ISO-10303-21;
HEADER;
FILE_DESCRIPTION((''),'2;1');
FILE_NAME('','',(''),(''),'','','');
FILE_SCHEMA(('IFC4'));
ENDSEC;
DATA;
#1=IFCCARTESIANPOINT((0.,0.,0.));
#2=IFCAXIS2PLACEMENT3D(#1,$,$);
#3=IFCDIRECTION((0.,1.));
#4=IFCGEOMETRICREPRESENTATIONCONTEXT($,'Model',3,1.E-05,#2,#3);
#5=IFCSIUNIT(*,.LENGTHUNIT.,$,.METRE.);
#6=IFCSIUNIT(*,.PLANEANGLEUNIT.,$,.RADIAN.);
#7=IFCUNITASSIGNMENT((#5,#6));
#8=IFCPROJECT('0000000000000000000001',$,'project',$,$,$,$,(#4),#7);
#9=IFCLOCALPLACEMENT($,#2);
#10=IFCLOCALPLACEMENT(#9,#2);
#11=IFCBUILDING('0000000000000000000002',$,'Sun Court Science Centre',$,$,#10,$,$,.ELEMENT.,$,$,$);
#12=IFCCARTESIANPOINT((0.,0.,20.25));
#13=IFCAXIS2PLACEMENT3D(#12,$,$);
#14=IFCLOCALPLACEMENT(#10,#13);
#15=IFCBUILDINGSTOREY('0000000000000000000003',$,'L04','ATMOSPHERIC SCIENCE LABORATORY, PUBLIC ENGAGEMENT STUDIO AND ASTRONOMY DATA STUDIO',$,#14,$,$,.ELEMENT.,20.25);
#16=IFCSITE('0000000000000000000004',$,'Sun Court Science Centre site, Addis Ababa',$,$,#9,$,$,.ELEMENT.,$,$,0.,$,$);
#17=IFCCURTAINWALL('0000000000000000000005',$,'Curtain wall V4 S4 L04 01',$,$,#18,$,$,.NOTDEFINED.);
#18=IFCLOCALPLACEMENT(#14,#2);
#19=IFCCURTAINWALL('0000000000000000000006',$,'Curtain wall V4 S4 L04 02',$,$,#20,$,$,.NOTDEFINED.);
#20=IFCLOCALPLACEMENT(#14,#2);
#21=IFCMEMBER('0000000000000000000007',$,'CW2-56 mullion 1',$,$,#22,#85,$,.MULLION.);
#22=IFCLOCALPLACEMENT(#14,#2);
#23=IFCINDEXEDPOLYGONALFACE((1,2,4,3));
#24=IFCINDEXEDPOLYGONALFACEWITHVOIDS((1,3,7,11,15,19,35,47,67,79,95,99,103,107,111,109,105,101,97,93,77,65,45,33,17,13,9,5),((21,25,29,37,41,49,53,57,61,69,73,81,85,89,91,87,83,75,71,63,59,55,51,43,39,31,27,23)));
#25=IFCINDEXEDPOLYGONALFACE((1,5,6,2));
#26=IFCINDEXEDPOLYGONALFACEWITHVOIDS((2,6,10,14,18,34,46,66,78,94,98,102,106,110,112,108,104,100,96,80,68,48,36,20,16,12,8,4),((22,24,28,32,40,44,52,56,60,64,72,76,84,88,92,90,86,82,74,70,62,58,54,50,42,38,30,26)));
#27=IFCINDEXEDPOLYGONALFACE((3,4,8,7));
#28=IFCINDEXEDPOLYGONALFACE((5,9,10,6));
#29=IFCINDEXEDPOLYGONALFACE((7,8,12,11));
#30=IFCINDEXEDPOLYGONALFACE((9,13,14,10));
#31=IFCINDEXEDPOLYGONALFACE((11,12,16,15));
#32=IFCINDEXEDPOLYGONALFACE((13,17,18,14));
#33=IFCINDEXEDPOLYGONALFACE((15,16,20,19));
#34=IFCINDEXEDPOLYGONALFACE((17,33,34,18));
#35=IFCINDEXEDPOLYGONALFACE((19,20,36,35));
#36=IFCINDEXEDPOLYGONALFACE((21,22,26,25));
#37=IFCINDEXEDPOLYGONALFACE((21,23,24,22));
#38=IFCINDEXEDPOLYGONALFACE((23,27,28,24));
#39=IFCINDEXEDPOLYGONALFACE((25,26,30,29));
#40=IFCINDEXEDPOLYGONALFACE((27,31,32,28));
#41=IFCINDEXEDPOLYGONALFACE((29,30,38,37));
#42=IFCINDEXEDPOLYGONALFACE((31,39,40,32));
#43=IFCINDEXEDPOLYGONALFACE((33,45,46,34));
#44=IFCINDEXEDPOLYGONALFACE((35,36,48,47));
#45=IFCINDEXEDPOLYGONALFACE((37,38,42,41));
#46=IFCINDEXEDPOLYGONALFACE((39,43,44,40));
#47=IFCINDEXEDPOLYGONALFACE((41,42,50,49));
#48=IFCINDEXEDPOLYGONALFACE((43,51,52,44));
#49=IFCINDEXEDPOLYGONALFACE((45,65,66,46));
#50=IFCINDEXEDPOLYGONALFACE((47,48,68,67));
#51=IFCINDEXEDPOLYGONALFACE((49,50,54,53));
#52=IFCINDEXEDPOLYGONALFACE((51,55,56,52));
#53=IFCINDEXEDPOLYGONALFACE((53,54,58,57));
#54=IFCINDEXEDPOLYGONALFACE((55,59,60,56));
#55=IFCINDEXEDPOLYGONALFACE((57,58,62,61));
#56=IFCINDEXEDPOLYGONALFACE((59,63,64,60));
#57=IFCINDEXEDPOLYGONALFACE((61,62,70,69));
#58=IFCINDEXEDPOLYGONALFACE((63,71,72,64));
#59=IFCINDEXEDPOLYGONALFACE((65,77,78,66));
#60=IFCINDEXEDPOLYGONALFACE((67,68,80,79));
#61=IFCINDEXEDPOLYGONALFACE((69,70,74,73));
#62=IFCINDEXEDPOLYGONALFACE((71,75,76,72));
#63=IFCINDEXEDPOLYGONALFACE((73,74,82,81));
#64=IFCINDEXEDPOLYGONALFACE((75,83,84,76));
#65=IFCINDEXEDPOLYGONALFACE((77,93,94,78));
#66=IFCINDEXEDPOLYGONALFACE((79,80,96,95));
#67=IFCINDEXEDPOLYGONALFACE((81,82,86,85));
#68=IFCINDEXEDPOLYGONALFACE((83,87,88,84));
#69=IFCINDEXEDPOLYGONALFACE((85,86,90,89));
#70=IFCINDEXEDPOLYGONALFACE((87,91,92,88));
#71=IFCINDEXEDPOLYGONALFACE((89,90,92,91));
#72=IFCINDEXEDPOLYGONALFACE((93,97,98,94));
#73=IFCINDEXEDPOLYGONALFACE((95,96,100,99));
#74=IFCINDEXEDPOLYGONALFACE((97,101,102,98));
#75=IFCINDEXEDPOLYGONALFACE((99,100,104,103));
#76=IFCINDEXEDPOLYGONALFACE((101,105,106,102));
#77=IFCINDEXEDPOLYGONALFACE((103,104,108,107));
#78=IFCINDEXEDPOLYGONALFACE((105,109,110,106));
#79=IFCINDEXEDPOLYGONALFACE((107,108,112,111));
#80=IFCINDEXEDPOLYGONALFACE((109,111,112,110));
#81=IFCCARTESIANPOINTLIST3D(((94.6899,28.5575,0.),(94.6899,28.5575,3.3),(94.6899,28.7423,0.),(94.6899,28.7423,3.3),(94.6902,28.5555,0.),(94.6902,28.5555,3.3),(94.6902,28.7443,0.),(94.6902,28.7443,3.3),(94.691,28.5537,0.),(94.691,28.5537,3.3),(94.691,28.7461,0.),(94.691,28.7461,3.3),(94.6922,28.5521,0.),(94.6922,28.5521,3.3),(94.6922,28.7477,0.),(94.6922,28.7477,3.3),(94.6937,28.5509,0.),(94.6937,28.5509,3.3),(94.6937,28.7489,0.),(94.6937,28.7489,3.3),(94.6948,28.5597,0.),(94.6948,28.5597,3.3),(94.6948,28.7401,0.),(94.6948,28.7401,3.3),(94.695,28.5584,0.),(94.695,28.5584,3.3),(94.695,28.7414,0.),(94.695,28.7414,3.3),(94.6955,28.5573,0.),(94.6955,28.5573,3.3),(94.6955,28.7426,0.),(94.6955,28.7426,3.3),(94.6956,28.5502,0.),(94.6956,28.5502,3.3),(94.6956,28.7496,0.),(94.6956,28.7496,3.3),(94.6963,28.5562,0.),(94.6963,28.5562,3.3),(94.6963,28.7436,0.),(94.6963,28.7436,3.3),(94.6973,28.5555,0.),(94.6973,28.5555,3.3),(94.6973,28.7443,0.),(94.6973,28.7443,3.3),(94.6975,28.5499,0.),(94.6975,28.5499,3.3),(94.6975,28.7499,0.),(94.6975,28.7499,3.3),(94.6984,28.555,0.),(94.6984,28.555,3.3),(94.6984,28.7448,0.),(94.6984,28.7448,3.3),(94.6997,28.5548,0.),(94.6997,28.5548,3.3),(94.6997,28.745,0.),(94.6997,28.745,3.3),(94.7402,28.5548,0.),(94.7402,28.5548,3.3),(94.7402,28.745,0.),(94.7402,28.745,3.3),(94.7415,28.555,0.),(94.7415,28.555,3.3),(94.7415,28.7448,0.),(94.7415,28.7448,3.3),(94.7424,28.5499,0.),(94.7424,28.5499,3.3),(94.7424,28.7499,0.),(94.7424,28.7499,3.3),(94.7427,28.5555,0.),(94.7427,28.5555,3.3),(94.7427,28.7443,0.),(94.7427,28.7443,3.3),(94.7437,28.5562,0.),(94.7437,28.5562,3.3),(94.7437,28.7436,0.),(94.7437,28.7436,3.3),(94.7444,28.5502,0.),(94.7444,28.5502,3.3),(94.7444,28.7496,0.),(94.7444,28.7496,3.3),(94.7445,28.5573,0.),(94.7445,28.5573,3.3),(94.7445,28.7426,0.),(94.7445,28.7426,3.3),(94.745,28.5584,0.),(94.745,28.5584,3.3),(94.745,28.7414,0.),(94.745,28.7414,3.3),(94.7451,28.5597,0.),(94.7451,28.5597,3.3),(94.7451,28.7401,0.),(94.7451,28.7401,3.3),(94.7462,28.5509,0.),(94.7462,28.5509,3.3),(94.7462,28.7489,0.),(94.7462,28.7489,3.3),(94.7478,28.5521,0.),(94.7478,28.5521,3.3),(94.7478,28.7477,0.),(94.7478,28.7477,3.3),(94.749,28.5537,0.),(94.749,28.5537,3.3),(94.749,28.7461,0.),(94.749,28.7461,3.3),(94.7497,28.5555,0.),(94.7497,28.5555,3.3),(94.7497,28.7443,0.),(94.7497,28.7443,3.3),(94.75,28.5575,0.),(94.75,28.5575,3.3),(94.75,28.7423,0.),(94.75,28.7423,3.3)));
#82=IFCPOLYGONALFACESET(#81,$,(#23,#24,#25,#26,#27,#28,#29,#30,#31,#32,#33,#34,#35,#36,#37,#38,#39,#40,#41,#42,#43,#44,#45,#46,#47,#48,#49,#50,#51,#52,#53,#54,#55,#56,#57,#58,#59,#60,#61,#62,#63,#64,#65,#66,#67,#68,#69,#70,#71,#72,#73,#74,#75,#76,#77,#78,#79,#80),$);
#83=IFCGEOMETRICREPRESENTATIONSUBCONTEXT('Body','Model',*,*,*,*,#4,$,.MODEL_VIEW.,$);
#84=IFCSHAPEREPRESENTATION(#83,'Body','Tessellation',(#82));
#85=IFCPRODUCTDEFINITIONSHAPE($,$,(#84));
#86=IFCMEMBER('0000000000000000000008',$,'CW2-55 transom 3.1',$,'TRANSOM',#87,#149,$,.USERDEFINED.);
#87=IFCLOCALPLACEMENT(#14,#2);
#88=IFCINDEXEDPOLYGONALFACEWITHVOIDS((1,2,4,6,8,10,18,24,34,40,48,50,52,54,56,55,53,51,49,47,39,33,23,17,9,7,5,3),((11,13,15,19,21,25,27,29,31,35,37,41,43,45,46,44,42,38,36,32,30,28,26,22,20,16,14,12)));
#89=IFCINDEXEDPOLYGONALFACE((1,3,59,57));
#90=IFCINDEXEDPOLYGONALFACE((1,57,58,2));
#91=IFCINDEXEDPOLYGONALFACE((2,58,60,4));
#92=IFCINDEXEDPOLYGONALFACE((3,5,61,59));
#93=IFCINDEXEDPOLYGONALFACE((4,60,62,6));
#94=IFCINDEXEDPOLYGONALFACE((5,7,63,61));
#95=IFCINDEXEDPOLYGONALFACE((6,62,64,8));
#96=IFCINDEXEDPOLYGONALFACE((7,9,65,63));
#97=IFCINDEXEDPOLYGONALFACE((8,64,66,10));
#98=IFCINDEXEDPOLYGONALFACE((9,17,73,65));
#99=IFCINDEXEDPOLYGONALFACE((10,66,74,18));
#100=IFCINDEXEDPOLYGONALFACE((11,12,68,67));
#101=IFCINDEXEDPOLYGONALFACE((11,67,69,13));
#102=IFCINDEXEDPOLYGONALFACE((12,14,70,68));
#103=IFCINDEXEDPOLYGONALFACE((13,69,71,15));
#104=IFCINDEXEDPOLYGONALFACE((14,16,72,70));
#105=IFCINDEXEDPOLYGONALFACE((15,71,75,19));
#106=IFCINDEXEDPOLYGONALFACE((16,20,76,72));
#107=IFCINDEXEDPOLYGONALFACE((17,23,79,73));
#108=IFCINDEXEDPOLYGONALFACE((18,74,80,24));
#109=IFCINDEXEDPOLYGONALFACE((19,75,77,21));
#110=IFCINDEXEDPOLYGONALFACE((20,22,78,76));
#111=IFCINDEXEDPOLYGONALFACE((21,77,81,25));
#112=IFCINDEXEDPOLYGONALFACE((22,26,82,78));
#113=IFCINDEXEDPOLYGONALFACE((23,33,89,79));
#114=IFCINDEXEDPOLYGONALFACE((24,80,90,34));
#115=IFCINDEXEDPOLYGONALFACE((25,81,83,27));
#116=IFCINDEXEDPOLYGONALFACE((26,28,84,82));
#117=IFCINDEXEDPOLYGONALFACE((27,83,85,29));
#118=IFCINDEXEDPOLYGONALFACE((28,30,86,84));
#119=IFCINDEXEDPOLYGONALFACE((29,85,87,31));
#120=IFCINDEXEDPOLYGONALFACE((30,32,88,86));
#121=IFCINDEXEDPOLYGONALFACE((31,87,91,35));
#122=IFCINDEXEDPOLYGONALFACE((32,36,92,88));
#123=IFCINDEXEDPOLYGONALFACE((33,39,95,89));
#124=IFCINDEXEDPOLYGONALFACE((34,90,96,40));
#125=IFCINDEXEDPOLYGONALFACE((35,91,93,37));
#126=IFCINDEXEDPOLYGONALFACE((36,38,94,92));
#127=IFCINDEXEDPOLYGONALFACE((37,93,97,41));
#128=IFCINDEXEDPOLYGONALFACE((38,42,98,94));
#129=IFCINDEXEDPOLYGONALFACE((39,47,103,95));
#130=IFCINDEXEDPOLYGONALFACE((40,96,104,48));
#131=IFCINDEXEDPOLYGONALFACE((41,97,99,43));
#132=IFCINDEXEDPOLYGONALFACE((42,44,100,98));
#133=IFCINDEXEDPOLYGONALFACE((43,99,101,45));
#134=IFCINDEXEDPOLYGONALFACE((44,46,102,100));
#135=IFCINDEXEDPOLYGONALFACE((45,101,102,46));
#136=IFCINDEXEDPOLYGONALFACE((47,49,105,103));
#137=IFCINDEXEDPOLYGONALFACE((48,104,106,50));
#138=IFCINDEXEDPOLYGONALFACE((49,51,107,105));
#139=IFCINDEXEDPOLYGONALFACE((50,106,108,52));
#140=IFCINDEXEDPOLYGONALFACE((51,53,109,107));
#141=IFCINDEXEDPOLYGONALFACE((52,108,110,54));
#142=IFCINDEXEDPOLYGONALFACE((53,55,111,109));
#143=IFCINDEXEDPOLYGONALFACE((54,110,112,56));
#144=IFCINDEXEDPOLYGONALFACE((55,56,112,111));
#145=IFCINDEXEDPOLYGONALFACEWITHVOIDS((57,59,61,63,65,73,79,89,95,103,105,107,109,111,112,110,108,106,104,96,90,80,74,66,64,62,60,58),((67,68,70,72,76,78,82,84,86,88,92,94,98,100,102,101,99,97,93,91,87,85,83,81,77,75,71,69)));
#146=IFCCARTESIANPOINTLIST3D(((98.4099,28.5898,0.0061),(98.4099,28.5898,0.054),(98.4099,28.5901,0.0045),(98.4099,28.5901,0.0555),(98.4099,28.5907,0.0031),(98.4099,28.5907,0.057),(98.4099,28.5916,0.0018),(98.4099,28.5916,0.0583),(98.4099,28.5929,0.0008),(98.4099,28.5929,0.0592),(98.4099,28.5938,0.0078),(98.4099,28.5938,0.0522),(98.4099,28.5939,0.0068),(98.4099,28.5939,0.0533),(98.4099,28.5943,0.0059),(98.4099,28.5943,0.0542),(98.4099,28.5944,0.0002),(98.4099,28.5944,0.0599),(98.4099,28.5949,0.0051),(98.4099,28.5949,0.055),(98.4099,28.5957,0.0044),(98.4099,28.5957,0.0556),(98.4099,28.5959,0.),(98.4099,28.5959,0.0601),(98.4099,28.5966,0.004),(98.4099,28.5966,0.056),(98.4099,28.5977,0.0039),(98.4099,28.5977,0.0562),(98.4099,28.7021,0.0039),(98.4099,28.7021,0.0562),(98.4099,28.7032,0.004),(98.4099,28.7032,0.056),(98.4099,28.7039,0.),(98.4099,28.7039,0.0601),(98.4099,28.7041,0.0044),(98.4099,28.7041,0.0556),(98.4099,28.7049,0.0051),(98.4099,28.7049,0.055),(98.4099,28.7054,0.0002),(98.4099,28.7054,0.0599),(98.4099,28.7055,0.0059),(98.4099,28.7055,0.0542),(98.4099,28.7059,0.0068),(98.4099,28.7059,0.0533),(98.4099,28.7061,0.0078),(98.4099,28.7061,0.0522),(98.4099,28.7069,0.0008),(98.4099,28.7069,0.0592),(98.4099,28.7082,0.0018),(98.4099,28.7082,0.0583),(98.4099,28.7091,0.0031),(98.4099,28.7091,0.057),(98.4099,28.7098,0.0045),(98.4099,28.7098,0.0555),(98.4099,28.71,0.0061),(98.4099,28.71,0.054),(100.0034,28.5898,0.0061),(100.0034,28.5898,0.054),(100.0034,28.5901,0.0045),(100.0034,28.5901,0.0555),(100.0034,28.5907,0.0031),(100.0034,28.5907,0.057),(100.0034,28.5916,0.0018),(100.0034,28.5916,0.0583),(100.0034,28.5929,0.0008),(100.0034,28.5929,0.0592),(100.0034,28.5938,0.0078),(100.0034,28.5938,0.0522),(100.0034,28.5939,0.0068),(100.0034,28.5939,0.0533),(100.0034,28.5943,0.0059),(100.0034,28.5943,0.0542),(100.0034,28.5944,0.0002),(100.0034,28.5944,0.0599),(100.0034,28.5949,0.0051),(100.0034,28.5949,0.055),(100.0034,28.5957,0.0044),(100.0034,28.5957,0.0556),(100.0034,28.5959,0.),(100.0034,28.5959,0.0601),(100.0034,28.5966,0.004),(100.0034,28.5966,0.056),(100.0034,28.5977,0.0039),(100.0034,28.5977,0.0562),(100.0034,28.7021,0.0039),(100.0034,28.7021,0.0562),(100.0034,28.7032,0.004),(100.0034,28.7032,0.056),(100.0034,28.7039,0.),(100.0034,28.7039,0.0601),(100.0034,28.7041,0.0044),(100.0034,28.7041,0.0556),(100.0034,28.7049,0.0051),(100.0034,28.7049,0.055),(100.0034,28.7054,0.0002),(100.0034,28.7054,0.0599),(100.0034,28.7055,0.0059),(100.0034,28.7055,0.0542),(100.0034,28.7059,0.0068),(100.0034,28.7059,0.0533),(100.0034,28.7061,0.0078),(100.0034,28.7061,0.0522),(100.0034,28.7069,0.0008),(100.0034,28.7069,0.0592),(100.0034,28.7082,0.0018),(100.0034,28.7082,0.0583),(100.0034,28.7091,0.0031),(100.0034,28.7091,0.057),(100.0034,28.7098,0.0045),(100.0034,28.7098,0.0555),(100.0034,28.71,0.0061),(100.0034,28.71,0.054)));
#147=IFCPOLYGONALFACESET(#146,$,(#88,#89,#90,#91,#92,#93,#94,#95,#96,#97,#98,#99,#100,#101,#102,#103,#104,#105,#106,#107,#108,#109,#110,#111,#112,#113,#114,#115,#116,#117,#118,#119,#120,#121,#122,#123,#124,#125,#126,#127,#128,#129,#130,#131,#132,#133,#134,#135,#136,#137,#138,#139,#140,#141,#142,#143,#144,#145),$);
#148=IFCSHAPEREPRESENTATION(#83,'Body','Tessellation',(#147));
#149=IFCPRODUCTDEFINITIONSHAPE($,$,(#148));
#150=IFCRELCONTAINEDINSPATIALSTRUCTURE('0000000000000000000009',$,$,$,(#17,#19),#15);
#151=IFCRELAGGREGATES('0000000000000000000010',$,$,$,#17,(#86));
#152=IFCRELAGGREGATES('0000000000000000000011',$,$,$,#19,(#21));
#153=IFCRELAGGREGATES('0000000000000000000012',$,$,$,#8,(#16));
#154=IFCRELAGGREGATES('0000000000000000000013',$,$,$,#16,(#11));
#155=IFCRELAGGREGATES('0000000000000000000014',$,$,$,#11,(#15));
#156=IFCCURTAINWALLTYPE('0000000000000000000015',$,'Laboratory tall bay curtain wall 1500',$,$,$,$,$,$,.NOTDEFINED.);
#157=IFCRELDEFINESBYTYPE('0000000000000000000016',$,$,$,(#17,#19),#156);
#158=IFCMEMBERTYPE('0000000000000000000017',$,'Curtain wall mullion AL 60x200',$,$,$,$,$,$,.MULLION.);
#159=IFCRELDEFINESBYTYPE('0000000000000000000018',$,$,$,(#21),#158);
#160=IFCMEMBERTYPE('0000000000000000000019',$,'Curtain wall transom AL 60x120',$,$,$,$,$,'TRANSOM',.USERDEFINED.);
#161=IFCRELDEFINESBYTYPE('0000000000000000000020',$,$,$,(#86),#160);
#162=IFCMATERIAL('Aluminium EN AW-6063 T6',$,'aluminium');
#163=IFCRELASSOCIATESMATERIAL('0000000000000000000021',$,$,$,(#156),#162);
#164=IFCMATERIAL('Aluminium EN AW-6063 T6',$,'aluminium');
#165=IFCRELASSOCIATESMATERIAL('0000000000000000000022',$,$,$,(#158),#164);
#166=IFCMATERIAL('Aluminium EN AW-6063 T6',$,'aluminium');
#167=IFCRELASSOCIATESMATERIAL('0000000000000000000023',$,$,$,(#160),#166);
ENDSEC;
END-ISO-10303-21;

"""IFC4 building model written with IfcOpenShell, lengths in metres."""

from ifc_helpers import new_model, si_unit, direction, frame, origin, origin_2d, place, context, subcontext, project, spatial, hollow_rectangle, extrude, material, material_profile, profile_set, type_object, element, aggregate, save


model = new_model("IFC4")

# Units and contexts
model_context = context("Model", 3, precision=1e-05, world=origin(), true_north=direction((0.0, 1.0)))
body_context = subcontext(model_context, "Body", "Model", "MODEL_VIEW")
ifc_project = project(units=[si_unit("LENGTHUNIT", "METRE"), si_unit("PLANEANGLEUNIT", "RADIAN")], contexts=[model_context])

# Site, building, storey
site_placement = place(None, origin())
site = spatial("IfcSite", under=ifc_project, at=site_placement, Name="Sun Court Science Centre site, Addis Ababa", CompositionType="ELEMENT", RefElevation=0.0)
building_placement = place(site_placement, origin())
building = spatial("IfcBuilding", under=site, at=building_placement, Name="Sun Court Science Centre", CompositionType="ELEMENT")
storey_placement = place(building_placement, frame((0.0, 0.0, 20.25)))
storey = spatial("IfcBuildingStorey", under=building, at=storey_placement, Name="L04", Description="ATMOSPHERIC SCIENCE LABORATORY, PUBLIC ENGAGEMENT STUDIO AND ASTRONOMY DATA STUDIO", CompositionType="ELEMENT", Elevation=20.25)

# Curtain wall
ifc_material_1 = material(Name="Aluminium EN AW-6063 T6", Category="aluminium")
curtain_wall_type = type_object("IfcCurtainWallType", Name="Laboratory tall bay curtain wall 1500", PredefinedType="NOTDEFINED", material=ifc_material_1)
curtain_wall_1_placement = place(storey_placement, origin())
curtain_wall_1 = element("IfcCurtainWall", 1, at=curtain_wall_1_placement, inside=storey, type_object=curtain_wall_type, Name="Curtain wall V4 S4 L04 01", PredefinedType="NOTDEFINED")
ifc_material_2 = material(Name="Aluminium EN AW-6063 T6", Category="aluminium")
ifc_material_profile_1 = material_profile(ifc_material_2, hollow_rectangle(XDim=0.0601, YDim=0.2, WallThickness=0.0049, InnerFilletRadius=0.0049, OuterFilletRadius=0.0076, at=origin_2d()), Name="AL 60x200x5")
ifc_profile_set_1 = profile_set([ifc_material_profile_1], Name="Aluminium EN AW-6063 T6")
member_type_1 = type_object("IfcMemberType", Name="Curtain wall mullion AL 60x200", PredefinedType="MULLION", material=ifc_profile_set_1)

# Curtain wall, member
curtain_wall_2_placement = place(storey_placement, origin())
curtain_wall_2 = element("IfcCurtainWall", 2, at=curtain_wall_2_placement, inside=storey, type_object=curtain_wall_type, Name="Curtain wall V4 S4 L04 02", PredefinedType="NOTDEFINED")
member_1_placement = place(storey_placement, frame((94.72, 28.6499, 0.0), z_axis=(0.0, 0.0, 1.0), x_axis=(-1.0, 0.0, 0.0)))
member_1 = element("IfcMember", 3, at=member_1_placement, type_object=member_type_1, Name="CW2-56 mullion 1", PredefinedType="MULLION", context=body_context, shape_type="SweptSolid", body=[
    extrude(hollow_rectangle(XDim=0.0601, YDim=0.2, WallThickness=0.0049, InnerFilletRadius=0.0049, OuterFilletRadius=0.0076, at=origin_2d()), origin(), (0.0, 0.0, 1.0), 3.3),
])

# Member
ifc_material_3 = material(Name="Aluminium EN AW-6063 T6", Category="aluminium")
ifc_material_profile_2 = material_profile(ifc_material_3, hollow_rectangle(XDim=0.0601, YDim=0.1201, WallThickness=0.0039, InnerFilletRadius=0.0039, OuterFilletRadius=0.0061, at=origin_2d()), Name="AL 60x120x4")
ifc_profile_set_2 = profile_set([ifc_material_profile_2], Name="Aluminium EN AW-6063 T6")
member_type_2 = type_object("IfcMemberType", Name="Curtain wall transom AL 60x120", ElementType="TRANSOM", PredefinedType="USERDEFINED", material=ifc_profile_set_2)
member_2_placement = place(storey_placement, frame((100.0034, 28.6499, 0.03), z_axis=(-1.0, 0.0, 0.0), x_axis=(0.0, 0.0, 1.0)))
member_2 = element("IfcMember", 4, at=member_2_placement, type_object=member_type_2, Name="CW2-55 transom 3.1", ObjectType="TRANSOM", PredefinedType="USERDEFINED", context=body_context, shape_type="SweptSolid", body=[
    extrude(hollow_rectangle(XDim=0.0601, YDim=0.1201, WallThickness=0.0039, InnerFilletRadius=0.0039, OuterFilletRadius=0.0061, at=origin_2d()), origin(), (0.0, 0.0, 1.0), 1.5935),
])

aggregate(curtain_wall_1, [member_2])
aggregate(curtain_wall_2, [member_1])

save(model, "model.ifc")
